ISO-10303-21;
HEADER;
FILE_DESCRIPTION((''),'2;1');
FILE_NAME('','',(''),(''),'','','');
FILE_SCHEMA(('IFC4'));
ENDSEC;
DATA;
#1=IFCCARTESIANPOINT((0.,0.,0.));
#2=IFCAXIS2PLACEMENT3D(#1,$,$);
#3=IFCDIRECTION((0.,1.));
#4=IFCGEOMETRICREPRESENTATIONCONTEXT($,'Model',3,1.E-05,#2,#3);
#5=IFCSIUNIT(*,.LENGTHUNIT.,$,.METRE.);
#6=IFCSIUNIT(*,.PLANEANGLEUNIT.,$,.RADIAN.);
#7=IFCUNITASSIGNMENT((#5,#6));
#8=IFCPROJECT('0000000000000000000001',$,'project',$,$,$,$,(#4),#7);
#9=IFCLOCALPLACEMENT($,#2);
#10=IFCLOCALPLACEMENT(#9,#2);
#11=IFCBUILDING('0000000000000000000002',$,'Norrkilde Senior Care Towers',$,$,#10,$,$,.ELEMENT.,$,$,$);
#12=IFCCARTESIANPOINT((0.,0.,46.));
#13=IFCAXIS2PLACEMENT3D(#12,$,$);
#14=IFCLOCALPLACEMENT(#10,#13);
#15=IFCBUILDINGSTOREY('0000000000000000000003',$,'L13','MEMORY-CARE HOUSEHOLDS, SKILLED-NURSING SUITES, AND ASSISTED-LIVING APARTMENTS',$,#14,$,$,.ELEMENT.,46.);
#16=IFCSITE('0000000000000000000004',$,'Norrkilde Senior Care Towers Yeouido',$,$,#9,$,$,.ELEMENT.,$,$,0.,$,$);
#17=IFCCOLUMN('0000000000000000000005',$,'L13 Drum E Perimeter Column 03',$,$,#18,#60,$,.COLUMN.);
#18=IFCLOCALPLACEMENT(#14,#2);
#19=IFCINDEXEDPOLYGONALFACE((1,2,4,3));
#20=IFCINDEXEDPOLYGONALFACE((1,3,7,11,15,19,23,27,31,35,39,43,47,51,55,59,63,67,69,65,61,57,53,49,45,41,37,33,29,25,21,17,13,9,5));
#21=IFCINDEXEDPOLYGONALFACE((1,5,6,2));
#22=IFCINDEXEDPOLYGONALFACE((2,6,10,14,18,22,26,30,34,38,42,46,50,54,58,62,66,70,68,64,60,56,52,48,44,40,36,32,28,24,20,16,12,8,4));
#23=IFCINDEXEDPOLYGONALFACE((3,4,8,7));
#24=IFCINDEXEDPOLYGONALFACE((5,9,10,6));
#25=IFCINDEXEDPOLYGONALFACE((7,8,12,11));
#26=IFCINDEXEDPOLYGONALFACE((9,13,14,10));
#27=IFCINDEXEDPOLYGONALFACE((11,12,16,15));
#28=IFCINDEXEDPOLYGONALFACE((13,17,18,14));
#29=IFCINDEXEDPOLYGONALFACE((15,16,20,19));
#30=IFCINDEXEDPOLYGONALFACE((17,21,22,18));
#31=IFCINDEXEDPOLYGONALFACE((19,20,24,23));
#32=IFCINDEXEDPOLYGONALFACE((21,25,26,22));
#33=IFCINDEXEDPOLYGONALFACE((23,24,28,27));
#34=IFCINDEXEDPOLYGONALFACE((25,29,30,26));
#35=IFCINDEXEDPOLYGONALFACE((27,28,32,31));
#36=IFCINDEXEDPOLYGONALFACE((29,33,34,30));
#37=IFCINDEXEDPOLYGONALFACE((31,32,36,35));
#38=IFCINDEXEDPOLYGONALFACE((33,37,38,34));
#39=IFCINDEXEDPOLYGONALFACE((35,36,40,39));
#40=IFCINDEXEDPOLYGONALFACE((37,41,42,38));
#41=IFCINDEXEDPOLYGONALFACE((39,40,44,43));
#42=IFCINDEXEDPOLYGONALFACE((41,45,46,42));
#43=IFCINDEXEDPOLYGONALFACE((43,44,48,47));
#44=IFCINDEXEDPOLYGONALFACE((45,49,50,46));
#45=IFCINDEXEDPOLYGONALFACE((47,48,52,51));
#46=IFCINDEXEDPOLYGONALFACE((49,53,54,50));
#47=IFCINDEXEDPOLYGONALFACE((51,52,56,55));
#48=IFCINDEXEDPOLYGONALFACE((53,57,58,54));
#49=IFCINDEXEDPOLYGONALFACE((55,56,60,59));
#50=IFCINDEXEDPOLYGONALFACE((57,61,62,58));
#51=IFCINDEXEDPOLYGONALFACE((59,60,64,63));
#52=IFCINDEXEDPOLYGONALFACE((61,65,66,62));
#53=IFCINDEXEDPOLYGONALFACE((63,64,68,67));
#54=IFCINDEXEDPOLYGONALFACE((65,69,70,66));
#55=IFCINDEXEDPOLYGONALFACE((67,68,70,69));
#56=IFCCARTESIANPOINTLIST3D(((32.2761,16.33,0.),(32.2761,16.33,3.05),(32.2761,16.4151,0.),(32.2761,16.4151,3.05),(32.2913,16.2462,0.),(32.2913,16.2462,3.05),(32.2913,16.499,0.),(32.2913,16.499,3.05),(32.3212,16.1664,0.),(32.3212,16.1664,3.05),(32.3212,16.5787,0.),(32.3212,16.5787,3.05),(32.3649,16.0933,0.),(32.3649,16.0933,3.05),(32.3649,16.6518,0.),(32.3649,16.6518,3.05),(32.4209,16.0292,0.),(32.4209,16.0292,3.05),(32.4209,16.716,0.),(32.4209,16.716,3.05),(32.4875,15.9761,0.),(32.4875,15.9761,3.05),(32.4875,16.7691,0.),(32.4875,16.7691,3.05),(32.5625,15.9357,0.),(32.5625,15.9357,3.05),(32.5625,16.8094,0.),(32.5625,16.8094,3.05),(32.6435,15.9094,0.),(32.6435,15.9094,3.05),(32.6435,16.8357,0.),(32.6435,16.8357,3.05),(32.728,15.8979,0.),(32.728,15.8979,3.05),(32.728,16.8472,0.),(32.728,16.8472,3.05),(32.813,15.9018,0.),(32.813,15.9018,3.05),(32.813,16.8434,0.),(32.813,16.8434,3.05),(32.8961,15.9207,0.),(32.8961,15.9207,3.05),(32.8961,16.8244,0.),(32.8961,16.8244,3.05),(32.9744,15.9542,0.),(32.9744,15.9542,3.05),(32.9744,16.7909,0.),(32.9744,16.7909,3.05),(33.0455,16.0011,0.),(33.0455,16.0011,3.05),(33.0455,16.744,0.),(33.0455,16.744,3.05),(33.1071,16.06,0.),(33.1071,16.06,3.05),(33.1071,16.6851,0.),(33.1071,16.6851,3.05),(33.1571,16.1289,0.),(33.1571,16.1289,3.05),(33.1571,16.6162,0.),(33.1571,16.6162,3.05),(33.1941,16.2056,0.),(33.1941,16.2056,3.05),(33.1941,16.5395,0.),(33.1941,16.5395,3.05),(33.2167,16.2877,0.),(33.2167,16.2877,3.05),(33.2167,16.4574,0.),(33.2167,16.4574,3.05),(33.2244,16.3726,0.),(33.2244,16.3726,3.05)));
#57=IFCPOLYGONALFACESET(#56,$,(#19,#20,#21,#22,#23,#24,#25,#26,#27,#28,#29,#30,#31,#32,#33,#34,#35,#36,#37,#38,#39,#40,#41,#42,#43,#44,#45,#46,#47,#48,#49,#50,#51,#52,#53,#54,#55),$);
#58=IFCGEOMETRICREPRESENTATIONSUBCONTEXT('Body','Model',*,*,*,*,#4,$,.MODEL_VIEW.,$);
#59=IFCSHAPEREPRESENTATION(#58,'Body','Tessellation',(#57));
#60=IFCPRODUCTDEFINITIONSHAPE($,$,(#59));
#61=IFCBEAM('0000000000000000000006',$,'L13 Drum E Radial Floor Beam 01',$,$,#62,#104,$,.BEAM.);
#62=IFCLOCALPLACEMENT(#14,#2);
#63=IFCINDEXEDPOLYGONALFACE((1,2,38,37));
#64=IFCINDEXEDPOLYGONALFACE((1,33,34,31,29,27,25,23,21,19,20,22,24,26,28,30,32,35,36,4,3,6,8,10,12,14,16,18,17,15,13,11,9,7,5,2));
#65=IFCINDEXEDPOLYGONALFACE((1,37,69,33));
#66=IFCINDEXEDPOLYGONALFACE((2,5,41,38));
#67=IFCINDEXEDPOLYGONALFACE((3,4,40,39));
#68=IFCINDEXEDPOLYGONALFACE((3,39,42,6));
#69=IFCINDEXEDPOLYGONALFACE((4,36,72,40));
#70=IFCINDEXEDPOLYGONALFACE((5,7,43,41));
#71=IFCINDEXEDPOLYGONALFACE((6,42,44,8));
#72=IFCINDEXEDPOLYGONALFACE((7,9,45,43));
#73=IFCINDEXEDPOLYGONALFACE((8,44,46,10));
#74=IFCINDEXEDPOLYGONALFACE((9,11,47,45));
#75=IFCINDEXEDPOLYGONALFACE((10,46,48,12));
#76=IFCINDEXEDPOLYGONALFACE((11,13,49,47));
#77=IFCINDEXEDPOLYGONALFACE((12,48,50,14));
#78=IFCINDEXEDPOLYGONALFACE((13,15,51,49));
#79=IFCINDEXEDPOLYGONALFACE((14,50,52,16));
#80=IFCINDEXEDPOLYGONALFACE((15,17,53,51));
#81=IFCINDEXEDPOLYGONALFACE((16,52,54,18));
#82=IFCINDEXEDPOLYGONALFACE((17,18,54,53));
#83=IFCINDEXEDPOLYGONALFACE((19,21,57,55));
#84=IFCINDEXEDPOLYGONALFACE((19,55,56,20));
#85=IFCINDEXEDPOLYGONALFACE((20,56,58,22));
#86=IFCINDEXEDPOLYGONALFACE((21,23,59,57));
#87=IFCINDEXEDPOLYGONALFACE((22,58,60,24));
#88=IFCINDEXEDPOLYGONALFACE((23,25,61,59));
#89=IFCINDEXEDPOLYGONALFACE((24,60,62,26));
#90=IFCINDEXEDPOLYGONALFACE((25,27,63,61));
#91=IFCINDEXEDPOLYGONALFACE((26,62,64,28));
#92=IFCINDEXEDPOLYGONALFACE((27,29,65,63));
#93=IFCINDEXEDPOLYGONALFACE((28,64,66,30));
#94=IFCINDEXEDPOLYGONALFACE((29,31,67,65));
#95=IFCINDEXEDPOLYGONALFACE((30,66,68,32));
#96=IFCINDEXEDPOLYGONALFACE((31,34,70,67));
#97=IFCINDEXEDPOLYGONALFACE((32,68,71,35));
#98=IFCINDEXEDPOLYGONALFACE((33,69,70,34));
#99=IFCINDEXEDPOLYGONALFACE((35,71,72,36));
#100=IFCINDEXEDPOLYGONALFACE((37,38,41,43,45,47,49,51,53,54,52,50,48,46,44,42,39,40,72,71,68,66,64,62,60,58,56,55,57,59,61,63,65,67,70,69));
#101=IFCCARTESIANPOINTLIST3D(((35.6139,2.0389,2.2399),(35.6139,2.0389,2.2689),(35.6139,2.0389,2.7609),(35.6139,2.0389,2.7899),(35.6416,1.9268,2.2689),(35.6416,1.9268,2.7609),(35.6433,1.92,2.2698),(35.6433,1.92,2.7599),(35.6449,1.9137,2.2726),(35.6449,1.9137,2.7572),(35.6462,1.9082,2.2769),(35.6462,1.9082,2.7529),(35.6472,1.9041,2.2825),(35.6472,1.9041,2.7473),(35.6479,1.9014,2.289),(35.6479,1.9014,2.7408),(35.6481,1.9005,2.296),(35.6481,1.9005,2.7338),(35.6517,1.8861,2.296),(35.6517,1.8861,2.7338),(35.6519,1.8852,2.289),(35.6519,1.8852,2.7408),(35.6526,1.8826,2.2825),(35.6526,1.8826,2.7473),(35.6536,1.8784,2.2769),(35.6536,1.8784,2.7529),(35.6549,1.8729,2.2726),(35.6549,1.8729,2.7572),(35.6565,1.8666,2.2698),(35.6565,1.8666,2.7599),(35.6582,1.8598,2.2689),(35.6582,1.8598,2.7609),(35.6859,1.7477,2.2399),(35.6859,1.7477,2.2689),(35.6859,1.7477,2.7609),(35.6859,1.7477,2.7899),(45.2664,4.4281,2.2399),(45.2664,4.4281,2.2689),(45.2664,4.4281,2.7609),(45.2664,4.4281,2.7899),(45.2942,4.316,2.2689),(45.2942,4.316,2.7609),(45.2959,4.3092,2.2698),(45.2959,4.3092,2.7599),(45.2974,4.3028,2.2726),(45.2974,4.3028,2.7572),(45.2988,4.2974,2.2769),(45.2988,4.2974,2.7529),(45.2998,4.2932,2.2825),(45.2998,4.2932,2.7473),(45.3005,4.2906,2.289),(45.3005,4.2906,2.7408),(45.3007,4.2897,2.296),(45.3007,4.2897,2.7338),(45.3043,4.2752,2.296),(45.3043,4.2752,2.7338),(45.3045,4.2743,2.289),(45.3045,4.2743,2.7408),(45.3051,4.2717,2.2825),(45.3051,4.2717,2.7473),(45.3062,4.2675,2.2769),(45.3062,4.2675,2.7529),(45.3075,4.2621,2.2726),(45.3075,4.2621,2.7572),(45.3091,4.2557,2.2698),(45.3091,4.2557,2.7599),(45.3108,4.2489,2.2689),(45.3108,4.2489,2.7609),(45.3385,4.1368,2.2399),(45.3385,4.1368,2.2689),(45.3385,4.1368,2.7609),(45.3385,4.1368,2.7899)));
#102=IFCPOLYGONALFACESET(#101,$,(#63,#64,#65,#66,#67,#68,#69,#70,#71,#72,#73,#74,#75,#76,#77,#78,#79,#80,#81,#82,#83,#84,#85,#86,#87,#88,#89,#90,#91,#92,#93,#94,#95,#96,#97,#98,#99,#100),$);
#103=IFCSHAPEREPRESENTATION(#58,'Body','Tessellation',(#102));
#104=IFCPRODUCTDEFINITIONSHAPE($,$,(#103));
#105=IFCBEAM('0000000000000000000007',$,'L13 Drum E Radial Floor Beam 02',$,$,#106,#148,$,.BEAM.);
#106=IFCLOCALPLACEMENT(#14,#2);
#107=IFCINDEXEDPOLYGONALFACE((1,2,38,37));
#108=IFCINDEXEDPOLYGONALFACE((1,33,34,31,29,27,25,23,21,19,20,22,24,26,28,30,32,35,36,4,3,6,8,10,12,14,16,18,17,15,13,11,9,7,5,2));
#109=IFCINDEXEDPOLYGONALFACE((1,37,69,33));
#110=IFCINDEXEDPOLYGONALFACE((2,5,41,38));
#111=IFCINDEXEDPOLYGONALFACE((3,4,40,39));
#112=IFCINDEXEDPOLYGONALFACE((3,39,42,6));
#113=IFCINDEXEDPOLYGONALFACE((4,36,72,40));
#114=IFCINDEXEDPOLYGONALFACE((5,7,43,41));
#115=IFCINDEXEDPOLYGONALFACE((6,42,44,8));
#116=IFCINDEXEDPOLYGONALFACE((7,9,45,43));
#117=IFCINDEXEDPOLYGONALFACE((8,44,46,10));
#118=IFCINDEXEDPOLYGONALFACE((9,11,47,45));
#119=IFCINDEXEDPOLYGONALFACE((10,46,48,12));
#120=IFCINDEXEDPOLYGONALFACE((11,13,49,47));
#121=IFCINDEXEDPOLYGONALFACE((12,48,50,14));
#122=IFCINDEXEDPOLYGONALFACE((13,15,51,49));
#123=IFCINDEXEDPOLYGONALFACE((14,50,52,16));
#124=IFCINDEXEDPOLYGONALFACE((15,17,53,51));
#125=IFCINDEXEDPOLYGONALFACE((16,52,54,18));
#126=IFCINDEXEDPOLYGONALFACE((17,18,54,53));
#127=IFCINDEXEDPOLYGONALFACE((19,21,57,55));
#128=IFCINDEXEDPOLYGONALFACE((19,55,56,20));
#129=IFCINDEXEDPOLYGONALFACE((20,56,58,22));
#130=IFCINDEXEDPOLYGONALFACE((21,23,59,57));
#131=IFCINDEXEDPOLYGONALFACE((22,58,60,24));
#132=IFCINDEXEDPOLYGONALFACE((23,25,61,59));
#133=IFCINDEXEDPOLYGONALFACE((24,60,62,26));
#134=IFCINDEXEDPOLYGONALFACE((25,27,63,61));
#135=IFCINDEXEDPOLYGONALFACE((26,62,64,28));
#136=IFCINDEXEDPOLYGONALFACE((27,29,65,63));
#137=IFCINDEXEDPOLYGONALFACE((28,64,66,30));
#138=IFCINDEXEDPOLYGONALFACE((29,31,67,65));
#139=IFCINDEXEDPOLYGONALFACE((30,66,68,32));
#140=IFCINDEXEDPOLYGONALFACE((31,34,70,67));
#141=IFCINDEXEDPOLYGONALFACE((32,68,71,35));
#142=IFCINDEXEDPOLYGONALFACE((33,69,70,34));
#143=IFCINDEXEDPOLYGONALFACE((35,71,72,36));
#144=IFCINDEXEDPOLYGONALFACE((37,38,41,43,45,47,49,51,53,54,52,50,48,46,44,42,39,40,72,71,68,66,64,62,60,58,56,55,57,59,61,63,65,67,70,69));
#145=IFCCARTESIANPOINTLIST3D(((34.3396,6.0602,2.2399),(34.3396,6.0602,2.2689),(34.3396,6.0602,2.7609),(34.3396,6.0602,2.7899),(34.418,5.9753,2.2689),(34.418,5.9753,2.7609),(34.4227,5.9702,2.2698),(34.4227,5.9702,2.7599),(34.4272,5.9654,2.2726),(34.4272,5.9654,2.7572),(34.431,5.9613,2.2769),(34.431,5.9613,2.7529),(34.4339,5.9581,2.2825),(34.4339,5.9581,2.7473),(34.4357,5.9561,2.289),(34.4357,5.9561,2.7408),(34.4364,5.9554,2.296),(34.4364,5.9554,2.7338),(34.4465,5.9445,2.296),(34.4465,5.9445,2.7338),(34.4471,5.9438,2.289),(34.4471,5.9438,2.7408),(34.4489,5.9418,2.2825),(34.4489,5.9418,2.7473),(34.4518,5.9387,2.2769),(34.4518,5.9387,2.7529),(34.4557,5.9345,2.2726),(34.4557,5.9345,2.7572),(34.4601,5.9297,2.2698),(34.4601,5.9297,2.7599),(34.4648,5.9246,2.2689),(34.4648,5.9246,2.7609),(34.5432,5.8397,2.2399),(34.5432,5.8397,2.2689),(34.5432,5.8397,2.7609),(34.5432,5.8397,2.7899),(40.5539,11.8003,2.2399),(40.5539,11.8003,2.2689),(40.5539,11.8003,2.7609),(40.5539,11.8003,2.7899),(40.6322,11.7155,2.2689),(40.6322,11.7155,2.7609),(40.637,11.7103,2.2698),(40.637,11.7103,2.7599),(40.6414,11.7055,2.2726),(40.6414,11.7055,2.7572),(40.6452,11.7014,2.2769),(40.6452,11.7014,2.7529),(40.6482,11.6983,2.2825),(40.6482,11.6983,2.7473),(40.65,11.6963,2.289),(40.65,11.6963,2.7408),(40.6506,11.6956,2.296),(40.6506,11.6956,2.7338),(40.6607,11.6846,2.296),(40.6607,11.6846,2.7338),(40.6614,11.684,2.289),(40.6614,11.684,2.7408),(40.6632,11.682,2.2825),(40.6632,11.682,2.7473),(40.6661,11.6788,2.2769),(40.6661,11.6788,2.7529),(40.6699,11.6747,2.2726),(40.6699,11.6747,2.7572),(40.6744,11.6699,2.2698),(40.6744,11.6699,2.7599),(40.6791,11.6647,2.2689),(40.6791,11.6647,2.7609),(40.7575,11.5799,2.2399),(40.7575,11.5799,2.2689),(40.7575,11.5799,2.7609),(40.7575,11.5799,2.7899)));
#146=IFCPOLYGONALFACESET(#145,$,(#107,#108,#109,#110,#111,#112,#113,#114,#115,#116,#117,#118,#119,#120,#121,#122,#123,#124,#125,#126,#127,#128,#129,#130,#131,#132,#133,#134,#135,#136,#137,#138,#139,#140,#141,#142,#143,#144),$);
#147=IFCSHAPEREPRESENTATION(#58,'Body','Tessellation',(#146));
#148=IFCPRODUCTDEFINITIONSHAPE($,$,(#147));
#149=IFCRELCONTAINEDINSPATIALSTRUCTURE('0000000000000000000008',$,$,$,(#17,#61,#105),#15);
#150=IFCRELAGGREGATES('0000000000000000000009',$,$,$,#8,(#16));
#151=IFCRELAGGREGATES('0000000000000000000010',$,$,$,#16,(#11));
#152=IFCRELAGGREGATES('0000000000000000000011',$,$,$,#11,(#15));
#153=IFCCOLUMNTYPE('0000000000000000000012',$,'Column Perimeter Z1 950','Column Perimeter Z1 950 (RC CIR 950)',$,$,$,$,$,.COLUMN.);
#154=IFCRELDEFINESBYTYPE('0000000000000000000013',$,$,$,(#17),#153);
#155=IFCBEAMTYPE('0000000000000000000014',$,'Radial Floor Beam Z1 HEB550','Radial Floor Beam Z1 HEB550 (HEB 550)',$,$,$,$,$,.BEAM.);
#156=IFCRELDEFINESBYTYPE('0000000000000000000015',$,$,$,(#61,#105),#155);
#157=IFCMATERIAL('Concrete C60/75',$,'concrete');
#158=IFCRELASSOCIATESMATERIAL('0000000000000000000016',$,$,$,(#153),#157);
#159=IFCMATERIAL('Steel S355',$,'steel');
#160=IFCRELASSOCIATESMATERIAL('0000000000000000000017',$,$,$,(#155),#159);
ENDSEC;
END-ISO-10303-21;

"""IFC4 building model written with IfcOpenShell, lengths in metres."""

from ifc_helpers import new_model, si_unit, direction, frame, origin, origin_2d, place, context, subcontext, project, spatial, circle, i_section, extrude, source, transform, mapped, material, material_profile, profile_set, type_object, type_shapes, element, save


model = new_model("IFC4")

# Units and contexts
model_context = context("Model", 3, precision=1e-05, world=origin(), true_north=direction((0.0, 1.0)))
body_context = subcontext(model_context, "Body", "Model", "MODEL_VIEW")
ifc_project = project(units=[si_unit("LENGTHUNIT", "METRE"), si_unit("PLANEANGLEUNIT", "RADIAN")], contexts=[model_context])

# Site, building, storey
site_placement = place(None, origin())
site = spatial("IfcSite", under=ifc_project, at=site_placement, Name="Norrkilde Senior Care Towers Yeouido", CompositionType="ELEMENT", RefElevation=0.0)
building_placement = place(site_placement, origin())
building = spatial("IfcBuilding", under=site, at=building_placement, Name="Norrkilde Senior Care Towers", CompositionType="ELEMENT")
storey_placement = place(building_placement, frame((0.0, 0.0, 46.0)))
storey = spatial("IfcBuildingStorey", under=building, at=storey_placement, Name="L13", Description="MEMORY-CARE HOUSEHOLDS, SKILLED-NURSING SUITES, AND ASSISTED-LIVING APARTMENTS", CompositionType="ELEMENT", Elevation=46.0)

# Column
ifc_material_1 = material(Name="Concrete C60/75", Category="concrete")
ifc_material_profile_1 = material_profile(ifc_material_1, circle(Radius=0.4751, at=origin_2d()), Name="RC CIR 950")
ifc_profile_set_1 = profile_set([ifc_material_profile_1], Name="Concrete C60/75")
column_type = type_object("IfcColumnType", Name="Column Perimeter Z1 950", Description="Column Perimeter Z1 950 (RC CIR 950)", PredefinedType="COLUMN", material=ifc_profile_set_1)
shared_shape_1 = source(origin(), body_context, "Body", "SweptSolid", [
    extrude(circle(Radius=0.4751, at=origin_2d()), origin(), (0.0, 0.0, 1.0), 3.05),
])
type_shapes(column_type, [shared_shape_1])
column_placement = place(storey_placement, frame((32.7493, 16.3726, 0.0), z_axis=(0.0, 0.0, 1.0), x_axis=(1.0, 0.0, 0.0)))
element("IfcColumn", 1, at=column_placement, inside=storey, type_object=column_type, Name="L13 Drum E Perimeter Column 03", PredefinedType="COLUMN", context=body_context, shape_type="MappedRepresentation", body=[
    mapped(shared_shape_1, transform((0.0, 0.0, 0.0), x_axis=(1.0, 0.0, 0.0), y_axis=(0.0, 1.0, 0.0), z_axis=(0.0, 0.0, 1.0), scale=1.0)),
])

# Beams
ifc_material_2 = material(Name="Steel S355", Category="steel")
ifc_material_profile_2 = material_profile(ifc_material_2, i_section(OverallWidth=0.3, OverallDepth=0.55, WebThickness=0.0149, FlangeThickness=0.0291, FilletRadius=0.0271, at=origin_2d()), Name="HEB 550")
ifc_profile_set_2 = profile_set([ifc_material_profile_2], Name="Steel S355")
beam_type_1 = type_object("IfcBeamType", Name="Radial Floor Beam Z1 HEB550", Description="Radial Floor Beam Z1 HEB550 (HEB 550)", PredefinedType="BEAM", material=ifc_profile_set_2)
shared_shape_2 = source(origin(), body_context, "Body", "SweptSolid", [
    extrude(i_section(OverallWidth=0.3, OverallDepth=0.55, WebThickness=0.0149, FlangeThickness=0.0291, FilletRadius=0.0271, at=origin_2d()), origin(), (0.0, 0.0, 1.0), 9.9438),
])
beam_1_placement = place(storey_placement, frame((35.6499, 1.8933, 2.5149), z_axis=(0.970707, 0.240265, 0.0), x_axis=(-0.240265, 0.970707, 0.0)))
element("IfcBeam", 2, at=beam_1_placement, inside=storey, type_object=beam_type_1, Name="L13 Drum E Radial Floor Beam 01", PredefinedType="BEAM", context=body_context, shape_type="MappedRepresentation", body=[
    mapped(shared_shape_2, transform((0.0, 0.0, 0.0), x_axis=(1.0, 0.0, 0.0), y_axis=(0.0, 1.0, 0.0), z_axis=(0.0, 0.0, 1.0), scale=1.0)),
])
shared_shape_3 = source(origin(), body_context, "Body", "SweptSolid", [
    extrude(i_section(OverallWidth=0.3, OverallDepth=0.55, WebThickness=0.0149, FlangeThickness=0.0291, FilletRadius=0.0271, at=origin_2d()), origin(), (0.0, 0.0, 1.0), 8.4597),
])
beam_2_placement = place(storey_placement, frame((34.4414, 5.95, 2.5149), z_axis=(0.734573, 0.678529, 0.0), x_axis=(-0.678529, 0.734573, 0.0)))
element("IfcBeam", 3, at=beam_2_placement, inside=storey, type_object=beam_type_1, Name="L13 Drum E Radial Floor Beam 02", PredefinedType="BEAM", context=body_context, shape_type="MappedRepresentation", body=[
    mapped(shared_shape_3, transform((0.0, 0.0, 0.0), x_axis=(1.0, 0.0, 0.0), y_axis=(0.0, 1.0, 0.0), z_axis=(0.0, 0.0, 1.0), scale=1.0)),
])

save(model, "model.ifc")
